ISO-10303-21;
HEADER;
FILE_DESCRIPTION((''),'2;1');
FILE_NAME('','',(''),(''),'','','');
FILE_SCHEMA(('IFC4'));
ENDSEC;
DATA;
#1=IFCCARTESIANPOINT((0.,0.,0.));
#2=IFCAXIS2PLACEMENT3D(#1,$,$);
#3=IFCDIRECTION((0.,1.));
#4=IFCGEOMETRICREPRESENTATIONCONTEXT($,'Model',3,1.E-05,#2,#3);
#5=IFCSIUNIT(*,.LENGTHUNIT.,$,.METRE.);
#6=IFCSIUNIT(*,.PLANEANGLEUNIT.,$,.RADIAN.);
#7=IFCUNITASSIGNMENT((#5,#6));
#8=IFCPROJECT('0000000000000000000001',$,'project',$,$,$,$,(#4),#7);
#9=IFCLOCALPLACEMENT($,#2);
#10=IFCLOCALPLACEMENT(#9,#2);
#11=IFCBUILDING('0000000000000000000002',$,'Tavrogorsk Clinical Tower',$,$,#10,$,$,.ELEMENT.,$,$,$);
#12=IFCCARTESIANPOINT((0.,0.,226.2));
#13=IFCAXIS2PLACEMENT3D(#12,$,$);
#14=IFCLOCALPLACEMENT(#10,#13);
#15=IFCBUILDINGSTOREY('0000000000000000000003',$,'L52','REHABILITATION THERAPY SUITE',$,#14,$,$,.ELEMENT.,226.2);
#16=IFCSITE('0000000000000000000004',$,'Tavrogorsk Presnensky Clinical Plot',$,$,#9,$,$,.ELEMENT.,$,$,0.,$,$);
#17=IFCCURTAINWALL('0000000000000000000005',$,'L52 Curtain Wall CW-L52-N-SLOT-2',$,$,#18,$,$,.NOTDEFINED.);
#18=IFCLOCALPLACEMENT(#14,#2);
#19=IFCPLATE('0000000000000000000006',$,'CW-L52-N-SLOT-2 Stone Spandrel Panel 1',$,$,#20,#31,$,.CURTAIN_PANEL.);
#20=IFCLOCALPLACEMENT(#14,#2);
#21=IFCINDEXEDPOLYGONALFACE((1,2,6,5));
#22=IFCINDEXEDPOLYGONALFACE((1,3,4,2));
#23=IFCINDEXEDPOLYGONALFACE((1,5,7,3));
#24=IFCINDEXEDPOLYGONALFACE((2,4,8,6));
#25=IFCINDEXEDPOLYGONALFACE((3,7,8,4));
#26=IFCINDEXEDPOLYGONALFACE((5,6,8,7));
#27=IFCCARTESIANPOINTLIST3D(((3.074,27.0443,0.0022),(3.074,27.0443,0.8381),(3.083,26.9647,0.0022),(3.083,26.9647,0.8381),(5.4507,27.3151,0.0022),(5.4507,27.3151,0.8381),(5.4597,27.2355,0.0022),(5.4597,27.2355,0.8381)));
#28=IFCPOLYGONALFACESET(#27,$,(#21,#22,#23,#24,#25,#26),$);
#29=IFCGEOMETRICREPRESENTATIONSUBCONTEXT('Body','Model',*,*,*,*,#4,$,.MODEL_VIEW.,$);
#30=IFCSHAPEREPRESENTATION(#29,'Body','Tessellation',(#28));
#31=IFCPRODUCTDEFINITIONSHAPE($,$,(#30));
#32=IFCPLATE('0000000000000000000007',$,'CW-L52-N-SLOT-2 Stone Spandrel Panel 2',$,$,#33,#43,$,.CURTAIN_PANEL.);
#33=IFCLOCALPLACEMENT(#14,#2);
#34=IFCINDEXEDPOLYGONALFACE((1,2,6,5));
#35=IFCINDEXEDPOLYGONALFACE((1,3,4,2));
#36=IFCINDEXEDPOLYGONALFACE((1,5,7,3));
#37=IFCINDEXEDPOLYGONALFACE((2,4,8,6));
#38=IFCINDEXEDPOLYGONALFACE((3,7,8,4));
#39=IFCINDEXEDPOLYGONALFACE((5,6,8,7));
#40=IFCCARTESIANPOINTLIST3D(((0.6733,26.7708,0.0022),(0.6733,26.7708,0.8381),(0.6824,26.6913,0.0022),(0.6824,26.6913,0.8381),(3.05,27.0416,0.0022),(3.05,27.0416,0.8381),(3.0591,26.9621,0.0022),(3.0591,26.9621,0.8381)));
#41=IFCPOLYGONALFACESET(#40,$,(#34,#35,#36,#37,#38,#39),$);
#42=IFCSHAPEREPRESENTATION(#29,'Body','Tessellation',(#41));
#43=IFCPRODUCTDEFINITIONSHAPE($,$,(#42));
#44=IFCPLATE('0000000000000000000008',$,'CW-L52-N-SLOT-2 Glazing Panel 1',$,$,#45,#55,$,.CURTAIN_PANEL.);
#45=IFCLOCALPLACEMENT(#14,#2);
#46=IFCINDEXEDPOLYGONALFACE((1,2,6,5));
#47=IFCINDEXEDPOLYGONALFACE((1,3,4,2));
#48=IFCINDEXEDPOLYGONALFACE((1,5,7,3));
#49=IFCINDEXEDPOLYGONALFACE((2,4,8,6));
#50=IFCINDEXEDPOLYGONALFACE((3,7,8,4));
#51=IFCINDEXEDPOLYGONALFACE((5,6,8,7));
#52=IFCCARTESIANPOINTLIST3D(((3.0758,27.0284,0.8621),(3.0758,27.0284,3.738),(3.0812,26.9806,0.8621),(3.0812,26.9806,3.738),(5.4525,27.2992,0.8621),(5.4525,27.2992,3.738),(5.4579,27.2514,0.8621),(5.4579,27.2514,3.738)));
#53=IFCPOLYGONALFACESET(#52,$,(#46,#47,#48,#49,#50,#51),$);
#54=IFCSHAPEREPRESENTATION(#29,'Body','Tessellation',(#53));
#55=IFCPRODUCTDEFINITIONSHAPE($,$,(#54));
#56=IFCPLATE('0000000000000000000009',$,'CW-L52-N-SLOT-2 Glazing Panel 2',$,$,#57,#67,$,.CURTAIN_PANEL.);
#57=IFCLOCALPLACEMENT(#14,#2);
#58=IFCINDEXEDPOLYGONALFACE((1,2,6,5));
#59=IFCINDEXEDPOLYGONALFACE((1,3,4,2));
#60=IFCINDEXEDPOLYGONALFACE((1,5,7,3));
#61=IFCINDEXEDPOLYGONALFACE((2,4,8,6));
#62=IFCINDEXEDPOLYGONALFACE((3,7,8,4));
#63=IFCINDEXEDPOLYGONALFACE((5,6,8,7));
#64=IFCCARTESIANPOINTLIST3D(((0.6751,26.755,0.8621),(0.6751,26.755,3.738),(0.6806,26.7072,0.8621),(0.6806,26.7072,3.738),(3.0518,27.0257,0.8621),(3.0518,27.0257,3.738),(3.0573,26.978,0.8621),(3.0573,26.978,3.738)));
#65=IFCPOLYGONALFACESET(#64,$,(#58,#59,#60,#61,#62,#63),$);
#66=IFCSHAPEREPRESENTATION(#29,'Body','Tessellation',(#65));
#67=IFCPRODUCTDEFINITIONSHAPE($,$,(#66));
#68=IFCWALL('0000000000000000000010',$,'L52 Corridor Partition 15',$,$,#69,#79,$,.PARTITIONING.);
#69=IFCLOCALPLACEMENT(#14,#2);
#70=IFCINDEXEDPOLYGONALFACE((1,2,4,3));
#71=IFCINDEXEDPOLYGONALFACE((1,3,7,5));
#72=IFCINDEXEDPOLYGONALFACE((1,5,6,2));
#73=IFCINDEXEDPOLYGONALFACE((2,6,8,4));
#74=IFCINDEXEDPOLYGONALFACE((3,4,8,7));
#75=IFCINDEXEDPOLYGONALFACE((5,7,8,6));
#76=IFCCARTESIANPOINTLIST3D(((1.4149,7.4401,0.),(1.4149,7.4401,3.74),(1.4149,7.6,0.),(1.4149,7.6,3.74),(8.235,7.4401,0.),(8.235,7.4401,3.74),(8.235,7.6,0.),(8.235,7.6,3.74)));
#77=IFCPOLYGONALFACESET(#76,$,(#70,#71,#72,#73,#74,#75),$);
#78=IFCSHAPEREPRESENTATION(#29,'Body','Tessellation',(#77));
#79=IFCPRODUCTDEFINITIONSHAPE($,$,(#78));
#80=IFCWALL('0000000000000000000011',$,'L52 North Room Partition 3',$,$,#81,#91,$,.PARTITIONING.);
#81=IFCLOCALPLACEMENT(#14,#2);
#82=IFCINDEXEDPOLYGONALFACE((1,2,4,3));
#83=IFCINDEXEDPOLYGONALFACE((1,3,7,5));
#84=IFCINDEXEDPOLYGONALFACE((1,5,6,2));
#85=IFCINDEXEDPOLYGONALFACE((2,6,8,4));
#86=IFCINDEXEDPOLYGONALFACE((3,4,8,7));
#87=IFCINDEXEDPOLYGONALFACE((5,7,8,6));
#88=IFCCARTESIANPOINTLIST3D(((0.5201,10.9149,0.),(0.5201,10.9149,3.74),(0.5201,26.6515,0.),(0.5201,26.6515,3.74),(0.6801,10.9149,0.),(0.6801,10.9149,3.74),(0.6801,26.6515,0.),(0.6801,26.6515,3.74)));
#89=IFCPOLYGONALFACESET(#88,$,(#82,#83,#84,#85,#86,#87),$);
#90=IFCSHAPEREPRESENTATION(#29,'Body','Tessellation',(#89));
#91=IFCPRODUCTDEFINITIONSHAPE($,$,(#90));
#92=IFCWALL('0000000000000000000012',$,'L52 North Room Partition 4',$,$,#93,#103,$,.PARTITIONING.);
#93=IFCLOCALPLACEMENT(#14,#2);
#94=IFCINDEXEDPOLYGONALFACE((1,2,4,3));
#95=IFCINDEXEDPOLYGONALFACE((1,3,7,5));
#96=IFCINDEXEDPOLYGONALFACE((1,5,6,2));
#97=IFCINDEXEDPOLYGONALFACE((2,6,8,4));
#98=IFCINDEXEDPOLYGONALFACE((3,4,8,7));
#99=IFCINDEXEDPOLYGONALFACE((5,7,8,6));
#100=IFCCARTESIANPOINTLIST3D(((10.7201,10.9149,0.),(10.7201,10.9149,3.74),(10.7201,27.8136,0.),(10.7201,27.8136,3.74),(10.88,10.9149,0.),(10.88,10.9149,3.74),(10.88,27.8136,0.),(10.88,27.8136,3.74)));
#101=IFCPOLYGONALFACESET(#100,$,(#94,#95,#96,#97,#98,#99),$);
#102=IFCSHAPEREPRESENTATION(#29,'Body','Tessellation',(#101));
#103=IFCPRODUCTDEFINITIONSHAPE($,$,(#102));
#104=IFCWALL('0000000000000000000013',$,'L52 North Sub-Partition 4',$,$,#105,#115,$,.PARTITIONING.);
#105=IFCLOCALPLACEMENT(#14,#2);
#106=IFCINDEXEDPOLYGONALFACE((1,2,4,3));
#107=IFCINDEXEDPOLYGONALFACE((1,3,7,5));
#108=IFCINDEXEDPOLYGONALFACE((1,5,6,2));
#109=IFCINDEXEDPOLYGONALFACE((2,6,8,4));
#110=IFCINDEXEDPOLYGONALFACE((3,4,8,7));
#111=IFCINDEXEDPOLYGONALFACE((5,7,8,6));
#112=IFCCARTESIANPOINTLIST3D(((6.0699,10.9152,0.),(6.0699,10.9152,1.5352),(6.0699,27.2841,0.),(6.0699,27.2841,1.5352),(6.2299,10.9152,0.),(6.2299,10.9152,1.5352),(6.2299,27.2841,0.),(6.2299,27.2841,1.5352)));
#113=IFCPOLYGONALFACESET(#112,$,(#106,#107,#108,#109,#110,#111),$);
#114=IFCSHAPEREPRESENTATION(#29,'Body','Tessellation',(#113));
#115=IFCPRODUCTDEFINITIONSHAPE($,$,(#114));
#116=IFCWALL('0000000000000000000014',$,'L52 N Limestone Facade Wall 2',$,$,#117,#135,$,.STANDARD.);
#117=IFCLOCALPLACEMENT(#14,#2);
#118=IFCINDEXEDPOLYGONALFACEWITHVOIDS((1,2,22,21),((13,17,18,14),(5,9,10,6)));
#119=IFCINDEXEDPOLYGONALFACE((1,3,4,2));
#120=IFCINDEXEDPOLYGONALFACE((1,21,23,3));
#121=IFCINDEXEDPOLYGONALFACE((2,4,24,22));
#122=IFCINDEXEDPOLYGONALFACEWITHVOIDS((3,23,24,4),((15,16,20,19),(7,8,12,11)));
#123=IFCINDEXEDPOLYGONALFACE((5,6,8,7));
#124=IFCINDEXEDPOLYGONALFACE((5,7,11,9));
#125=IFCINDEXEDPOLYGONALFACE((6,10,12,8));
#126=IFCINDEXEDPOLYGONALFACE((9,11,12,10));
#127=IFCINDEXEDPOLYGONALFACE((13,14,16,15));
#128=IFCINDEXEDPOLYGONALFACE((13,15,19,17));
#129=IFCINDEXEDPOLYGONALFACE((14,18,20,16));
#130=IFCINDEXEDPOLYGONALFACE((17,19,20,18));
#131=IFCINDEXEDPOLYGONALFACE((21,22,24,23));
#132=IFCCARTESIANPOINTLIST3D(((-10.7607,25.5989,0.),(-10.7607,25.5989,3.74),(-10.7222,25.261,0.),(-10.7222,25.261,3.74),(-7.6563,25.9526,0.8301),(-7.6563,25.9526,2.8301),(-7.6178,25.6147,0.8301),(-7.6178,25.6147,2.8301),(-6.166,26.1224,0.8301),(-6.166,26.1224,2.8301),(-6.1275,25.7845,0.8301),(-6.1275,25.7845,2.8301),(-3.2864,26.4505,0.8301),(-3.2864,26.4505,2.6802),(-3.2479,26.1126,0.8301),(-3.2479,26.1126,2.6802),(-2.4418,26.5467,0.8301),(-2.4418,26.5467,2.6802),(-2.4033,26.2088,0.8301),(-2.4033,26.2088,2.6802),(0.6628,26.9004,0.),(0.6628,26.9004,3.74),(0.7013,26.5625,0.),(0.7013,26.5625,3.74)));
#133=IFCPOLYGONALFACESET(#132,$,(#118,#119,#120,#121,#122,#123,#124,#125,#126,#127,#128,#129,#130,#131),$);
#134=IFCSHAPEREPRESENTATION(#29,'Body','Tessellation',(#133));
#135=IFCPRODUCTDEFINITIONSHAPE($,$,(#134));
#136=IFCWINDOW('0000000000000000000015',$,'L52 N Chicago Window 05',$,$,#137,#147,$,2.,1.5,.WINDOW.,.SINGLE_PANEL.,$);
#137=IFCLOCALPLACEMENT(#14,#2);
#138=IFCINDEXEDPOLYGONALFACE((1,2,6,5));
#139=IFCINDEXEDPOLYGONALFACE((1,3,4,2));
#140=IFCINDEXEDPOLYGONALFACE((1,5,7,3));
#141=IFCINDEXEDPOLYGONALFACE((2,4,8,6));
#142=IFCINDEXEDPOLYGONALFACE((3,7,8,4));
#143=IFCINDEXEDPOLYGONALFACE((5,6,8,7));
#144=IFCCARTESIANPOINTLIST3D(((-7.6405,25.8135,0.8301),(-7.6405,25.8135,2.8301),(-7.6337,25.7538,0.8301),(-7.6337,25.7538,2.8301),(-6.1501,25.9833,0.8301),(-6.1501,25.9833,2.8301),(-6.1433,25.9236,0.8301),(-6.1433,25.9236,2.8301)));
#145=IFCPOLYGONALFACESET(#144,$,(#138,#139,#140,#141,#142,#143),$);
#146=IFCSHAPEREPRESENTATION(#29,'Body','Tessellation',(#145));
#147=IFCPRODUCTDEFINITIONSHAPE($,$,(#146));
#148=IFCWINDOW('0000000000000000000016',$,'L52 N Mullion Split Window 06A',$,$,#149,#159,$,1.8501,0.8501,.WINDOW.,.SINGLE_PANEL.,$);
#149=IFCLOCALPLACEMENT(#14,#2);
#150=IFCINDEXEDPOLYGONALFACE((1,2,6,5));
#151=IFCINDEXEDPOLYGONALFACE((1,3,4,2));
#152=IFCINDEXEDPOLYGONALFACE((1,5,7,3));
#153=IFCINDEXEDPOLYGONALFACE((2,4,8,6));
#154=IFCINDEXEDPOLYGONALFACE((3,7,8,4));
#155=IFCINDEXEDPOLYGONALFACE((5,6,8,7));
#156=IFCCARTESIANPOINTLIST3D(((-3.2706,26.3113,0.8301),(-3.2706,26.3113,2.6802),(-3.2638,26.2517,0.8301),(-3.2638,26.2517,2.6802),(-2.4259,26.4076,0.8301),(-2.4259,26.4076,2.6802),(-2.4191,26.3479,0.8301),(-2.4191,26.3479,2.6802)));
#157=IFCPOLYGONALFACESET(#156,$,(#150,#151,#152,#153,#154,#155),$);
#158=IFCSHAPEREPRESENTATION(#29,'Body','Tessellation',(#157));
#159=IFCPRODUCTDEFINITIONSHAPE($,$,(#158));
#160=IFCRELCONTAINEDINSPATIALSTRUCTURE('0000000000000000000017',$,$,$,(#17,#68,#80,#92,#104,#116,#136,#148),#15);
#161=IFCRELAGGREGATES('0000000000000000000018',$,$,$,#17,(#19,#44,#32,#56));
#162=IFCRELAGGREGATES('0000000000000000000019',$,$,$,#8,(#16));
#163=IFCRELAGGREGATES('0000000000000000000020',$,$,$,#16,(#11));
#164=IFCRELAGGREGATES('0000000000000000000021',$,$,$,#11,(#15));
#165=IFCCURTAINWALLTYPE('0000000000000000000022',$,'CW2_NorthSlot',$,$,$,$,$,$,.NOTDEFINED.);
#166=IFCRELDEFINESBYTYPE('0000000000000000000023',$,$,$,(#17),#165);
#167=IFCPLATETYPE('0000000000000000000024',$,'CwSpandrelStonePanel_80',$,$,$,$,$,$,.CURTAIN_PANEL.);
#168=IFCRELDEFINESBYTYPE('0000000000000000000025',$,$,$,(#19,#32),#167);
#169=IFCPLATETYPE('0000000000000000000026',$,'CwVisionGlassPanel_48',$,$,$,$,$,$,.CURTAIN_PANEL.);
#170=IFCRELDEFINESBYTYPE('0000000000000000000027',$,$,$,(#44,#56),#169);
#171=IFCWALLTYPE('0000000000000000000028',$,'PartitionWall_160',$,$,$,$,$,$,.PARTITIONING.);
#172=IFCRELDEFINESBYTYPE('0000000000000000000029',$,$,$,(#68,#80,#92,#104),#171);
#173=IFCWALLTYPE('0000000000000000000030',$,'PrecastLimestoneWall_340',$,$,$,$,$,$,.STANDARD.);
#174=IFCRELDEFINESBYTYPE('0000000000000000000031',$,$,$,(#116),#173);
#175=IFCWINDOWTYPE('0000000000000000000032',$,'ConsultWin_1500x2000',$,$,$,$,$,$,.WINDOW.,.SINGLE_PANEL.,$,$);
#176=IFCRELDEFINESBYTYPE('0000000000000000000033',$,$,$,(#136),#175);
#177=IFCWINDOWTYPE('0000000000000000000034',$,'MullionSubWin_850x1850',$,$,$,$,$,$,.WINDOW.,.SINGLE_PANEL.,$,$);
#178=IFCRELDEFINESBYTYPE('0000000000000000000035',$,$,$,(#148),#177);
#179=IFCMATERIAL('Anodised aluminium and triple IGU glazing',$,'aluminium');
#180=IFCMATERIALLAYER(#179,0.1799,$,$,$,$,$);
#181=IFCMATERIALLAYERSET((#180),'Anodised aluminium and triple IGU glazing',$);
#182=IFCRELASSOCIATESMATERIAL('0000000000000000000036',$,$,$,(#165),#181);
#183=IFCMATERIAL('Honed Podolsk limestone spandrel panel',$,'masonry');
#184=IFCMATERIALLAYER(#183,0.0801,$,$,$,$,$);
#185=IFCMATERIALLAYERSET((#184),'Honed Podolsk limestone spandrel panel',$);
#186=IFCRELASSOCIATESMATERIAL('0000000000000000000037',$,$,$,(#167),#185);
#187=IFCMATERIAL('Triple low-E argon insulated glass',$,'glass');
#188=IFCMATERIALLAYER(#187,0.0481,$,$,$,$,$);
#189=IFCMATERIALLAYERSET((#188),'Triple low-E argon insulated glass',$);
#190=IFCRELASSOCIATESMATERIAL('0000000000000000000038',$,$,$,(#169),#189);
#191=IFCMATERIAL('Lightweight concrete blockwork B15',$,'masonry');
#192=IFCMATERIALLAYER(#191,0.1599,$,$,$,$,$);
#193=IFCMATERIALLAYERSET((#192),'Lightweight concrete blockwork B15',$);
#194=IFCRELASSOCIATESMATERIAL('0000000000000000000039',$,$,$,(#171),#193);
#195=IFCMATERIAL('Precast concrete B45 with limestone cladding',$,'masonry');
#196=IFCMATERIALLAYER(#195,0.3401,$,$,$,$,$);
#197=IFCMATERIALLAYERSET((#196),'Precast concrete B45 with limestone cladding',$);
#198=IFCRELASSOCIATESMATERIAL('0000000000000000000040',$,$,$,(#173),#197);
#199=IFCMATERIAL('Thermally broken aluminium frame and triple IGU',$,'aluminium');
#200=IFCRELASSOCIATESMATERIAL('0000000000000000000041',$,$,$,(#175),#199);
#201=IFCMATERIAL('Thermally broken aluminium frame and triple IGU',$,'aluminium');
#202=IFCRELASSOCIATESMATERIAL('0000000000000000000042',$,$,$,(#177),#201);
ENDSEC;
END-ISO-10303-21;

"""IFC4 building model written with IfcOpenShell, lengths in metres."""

from ifc_helpers import new_model, si_unit, direction, frame, frame_2d, origin, origin_2d, place, context, subcontext, project, spatial, rectangle, extrude, material, layer, layer_set, type_object, element, fill, aggregate, save


model = new_model("IFC4")

# Units and contexts
model_context = context("Model", 3, precision=1e-05, world=origin(), true_north=direction((0.0, 1.0)))
body_context = subcontext(model_context, "Body", "Model", "MODEL_VIEW")
ifc_project = project(units=[si_unit("LENGTHUNIT", "METRE"), si_unit("PLANEANGLEUNIT", "RADIAN")], contexts=[model_context])

# Site, building, storey
site_placement = place(None, origin())
site = spatial("IfcSite", under=ifc_project, at=site_placement, Name="Tavrogorsk Presnensky Clinical Plot", CompositionType="ELEMENT", RefElevation=0.0)
building_placement = place(site_placement, origin())
building = spatial("IfcBuilding", under=site, at=building_placement, Name="Tavrogorsk Clinical Tower", CompositionType="ELEMENT")
storey_placement = place(building_placement, frame((0.0, 0.0, 226.2)))
storey = spatial("IfcBuildingStorey", under=building, at=storey_placement, Name="L52", Description="REHABILITATION THERAPY SUITE", CompositionType="ELEMENT", Elevation=226.2)

# Curtain wall
ifc_material_1 = material(Name="Anodised aluminium and triple IGU glazing", Category="aluminium")
ifc_layer_1 = layer(ifc_material_1, 0.1799)
ifc_layer_set_1 = layer_set([ifc_layer_1], Name="Anodised aluminium and triple IGU glazing")
curtain_wall_type = type_object("IfcCurtainWallType", Name="CW2_NorthSlot", PredefinedType="NOTDEFINED", material=ifc_layer_set_1)
curtain_wall_placement = place(storey_placement, origin())
curtain_wall = element("IfcCurtainWall", 1, at=curtain_wall_placement, inside=storey, type_object=curtain_wall_type, Name="L52 Curtain Wall CW-L52-N-SLOT-2", PredefinedType="NOTDEFINED")

# Plates
ifc_material_2 = material(Name="Honed Podolsk limestone spandrel panel", Category="masonry")
ifc_layer_2 = layer(ifc_material_2, 0.0801)
ifc_layer_set_2 = layer_set([ifc_layer_2], Name="Honed Podolsk limestone spandrel panel")
plate_type_1 = type_object("IfcPlateType", Name="CwSpandrelStonePanel_80", PredefinedType="CURTAIN_PANEL", material=ifc_layer_set_2)
plate_1_placement = place(storey_placement, frame((4.2668, 27.1399, 0.0022), z_axis=(0.0, 0.0, 1.0), x_axis=(-0.993572, -0.113203, 0.0)))
plate_1 = element("IfcPlate", 2, at=plate_1_placement, type_object=plate_type_1, Name="CW-L52-N-SLOT-2 Stone Spandrel Panel 1", PredefinedType="CURTAIN_PANEL", context=body_context, shape_type="SweptSolid", body=[
    extrude(rectangle(XDim=2.3921, YDim=0.0801, at=origin_2d()), origin(), (0.0, 0.0, 1.0), 0.8359),
])
plate_2_placement = place(storey_placement, frame((1.8662, 26.8665, 0.0022), z_axis=(0.0, 0.0, 1.0), x_axis=(-0.993572, -0.113203, 0.0)))
plate_2 = element("IfcPlate", 3, at=plate_2_placement, type_object=plate_type_1, Name="CW-L52-N-SLOT-2 Stone Spandrel Panel 2", PredefinedType="CURTAIN_PANEL", context=body_context, shape_type="SweptSolid", body=[
    extrude(rectangle(XDim=2.3921, YDim=0.0801, at=origin_2d()), origin(), (0.0, 0.0, 1.0), 0.8359),
])
ifc_material_3 = material(Name="Triple low-E argon insulated glass", Category="glass")
ifc_layer_3 = layer(ifc_material_3, 0.0481)
ifc_layer_set_3 = layer_set([ifc_layer_3], Name="Triple low-E argon insulated glass")
plate_type_2 = type_object("IfcPlateType", Name="CwVisionGlassPanel_48", PredefinedType="CURTAIN_PANEL", material=ifc_layer_set_3)
plate_3_placement = place(storey_placement, frame((4.2668, 27.1399, 0.8621), z_axis=(0.0, 0.0, 1.0), x_axis=(-0.993572, -0.113203, 0.0)))
plate_3 = element("IfcPlate", 4, at=plate_3_placement, type_object=plate_type_2, Name="CW-L52-N-SLOT-2 Glazing Panel 1", PredefinedType="CURTAIN_PANEL", context=body_context, shape_type="SweptSolid", body=[
    extrude(rectangle(XDim=2.3921, YDim=0.0481, at=origin_2d()), origin(), (0.0, 0.0, 1.0), 2.876),
])
plate_4_placement = place(storey_placement, frame((1.8662, 26.8665, 0.8621), z_axis=(0.0, 0.0, 1.0), x_axis=(-0.993572, -0.113203, 0.0)))
plate_4 = element("IfcPlate", 5, at=plate_4_placement, type_object=plate_type_2, Name="CW-L52-N-SLOT-2 Glazing Panel 2", PredefinedType="CURTAIN_PANEL", context=body_context, shape_type="SweptSolid", body=[
    extrude(rectangle(XDim=2.3921, YDim=0.0481, at=origin_2d()), origin(), (0.0, 0.0, 1.0), 2.876),
])
aggregate(curtain_wall, [plate_1, plate_3, plate_2, plate_4])

# Walls
ifc_material_4 = material(Name="Lightweight concrete blockwork B15", Category="masonry")
ifc_layer_4 = layer(ifc_material_4, 0.1599)
ifc_layer_set_4 = layer_set([ifc_layer_4], Name="Lightweight concrete blockwork B15")
wall_type_1 = type_object("IfcWallType", Name="PartitionWall_160", PredefinedType="PARTITIONING", material=ifc_layer_set_4)
wall_1_placement = place(storey_placement, frame((8.2351, 7.52, 0.0), z_axis=(0.0, 0.0, 1.0), x_axis=(-1.0, 0.0, 0.0)))
element("IfcWall", 6, at=wall_1_placement, inside=storey, type_object=wall_type_1, Name="L52 Corridor Partition 15", PredefinedType="PARTITIONING", context=body_context, shape_type="SweptSolid", body=[
    extrude(rectangle(XDim=6.8201, YDim=0.1599, at=frame_2d((3.4102, 0.0))), origin(), (0.0, 0.0, 1.0), 3.74),
])
wall_2_placement = place(storey_placement, frame((0.6001, 10.915, 0.0), z_axis=(0.0, 0.0, 1.0), x_axis=(0.0, 1.0, 0.0)))
element("IfcWall", 7, at=wall_2_placement, inside=storey, type_object=wall_type_1, Name="L52 North Room Partition 3", PredefinedType="PARTITIONING", context=body_context, shape_type="SweptSolid", body=[
    extrude(rectangle(XDim=15.7366, YDim=0.1599, at=frame_2d((7.8682, 0.0))), origin(), (0.0, 0.0, 1.0), 3.74),
])
wall_3_placement = place(storey_placement, frame((10.8, 10.915, 0.0), z_axis=(0.0, 0.0, 1.0), x_axis=(0.0, 1.0, 0.0)))
element("IfcWall", 8, at=wall_3_placement, inside=storey, type_object=wall_type_1, Name="L52 North Room Partition 4", PredefinedType="PARTITIONING", context=body_context, shape_type="SweptSolid", body=[
    extrude(rectangle(XDim=16.8987, YDim=0.1599, at=frame_2d((8.4492, 0.0))), origin(), (0.0, 0.0, 1.0), 3.74),
])
wall_4_placement = place(storey_placement, frame((6.1499, 10.915, 0.0), z_axis=(0.0, 0.0, 1.0), x_axis=(0.0, 1.0, 0.0)))
element("IfcWall", 9, at=wall_4_placement, inside=storey, type_object=wall_type_1, Name="L52 North Sub-Partition 4", PredefinedType="PARTITIONING", context=body_context, shape_type="SweptSolid", body=[
    extrude(rectangle(XDim=16.3689, YDim=0.1599, at=frame_2d((8.1846, 0.0))), origin(), (0.0, 0.0, 1.0), 1.5352),
])

# Wall, openings, windows
ifc_material_5 = material(Name="Precast concrete B45 with limestone cladding", Category="masonry")
ifc_layer_5 = layer(ifc_material_5, 0.3401)
ifc_layer_set_5 = layer_set([ifc_layer_5], Name="Precast concrete B45 with limestone cladding")
wall_type_2 = type_object("IfcWallType", Name="PrecastLimestoneWall_340", PredefinedType="STANDARD", material=ifc_layer_set_5)
wall_5_placement = place(storey_placement, frame((0.6819, 26.7314, 0.0), z_axis=(0.0, 0.0, 1.0), x_axis=(-0.993572, -0.113202, 0.0)))
wall_5 = element("IfcWall", 10, at=wall_5_placement, inside=storey, type_object=wall_type_2, Name="L52 N Limestone Facade Wall 2", PredefinedType="STANDARD", context=body_context, shape_type="SweptSolid", body=[
    extrude(rectangle(XDim=11.4973, YDim=0.3401, at=frame_2d((5.7485, 0.0))), origin(), (0.0, 0.0, 1.0), 3.74),
])
opening_1_placement = place(wall_5_placement, frame((6.8728, 0.0, 0.8301)))
opening_1 = element("IfcOpeningElement", 11, at=opening_1_placement, cuts=wall_5, PredefinedType="OPENING", context=body_context, shape_type="SweptSolid", body=[
    extrude(rectangle(XDim=1.5, YDim=2.0, at=frame_2d((0.75, 1.0))), frame((0.0, 0.1799, 0.0), z_axis=(0.0, -1.0, 0.0), x_axis=(1.0, 0.0, 0.0)), (0.0, 0.0, 1.0), 0.3601),
])
opening_2_placement = place(wall_5_placement, frame((3.1245, 0.0, 0.8301)))
opening_2 = element("IfcOpeningElement", 12, at=opening_2_placement, cuts=wall_5, PredefinedType="OPENING", context=body_context, shape_type="SweptSolid", body=[
    extrude(rectangle(XDim=0.8501, YDim=1.8501, at=frame_2d((0.425, 0.925))), frame((0.0, 0.1799, 0.0), z_axis=(0.0, -1.0, 0.0), x_axis=(1.0, 0.0, 0.0)), (0.0, 0.0, 1.0), 0.3601),
])
ifc_material_6 = material(Name="Thermally broken aluminium frame and triple IGU", Category="aluminium")
window_type_1 = type_object("IfcWindowType", Name="ConsultWin_1500x2000", PartitioningType="SINGLE_PANEL", PredefinedType="WINDOW", material=ifc_material_6)
window_1_placement = place(opening_1_placement, origin())
window_1 = element("IfcWindow", 13, at=window_1_placement, inside=storey, type_object=window_type_1, Name="L52 N Chicago Window 05", OverallHeight=2.0, OverallWidth=1.5, PartitioningType="SINGLE_PANEL", PredefinedType="WINDOW", context=body_context, shape_type="SweptSolid", body=[
    extrude(rectangle(XDim=1.5, YDim=2.0, at=frame_2d((0.75, 1.0))), frame((0.0, 0.03, 0.0), z_axis=(0.0, -1.0, 0.0), x_axis=(1.0, 0.0, 0.0)), (0.0, 0.0, 1.0), 0.0601),
])
fill(opening_1, window_1)
ifc_material_7 = material(Name="Thermally broken aluminium frame and triple IGU", Category="aluminium")
window_type_2 = type_object("IfcWindowType", Name="MullionSubWin_850x1850", PartitioningType="SINGLE_PANEL", PredefinedType="WINDOW", material=ifc_material_7)
window_2_placement = place(opening_2_placement, origin())
window_2 = element("IfcWindow", 14, at=window_2_placement, inside=storey, type_object=window_type_2, Name="L52 N Mullion Split Window 06A", OverallHeight=1.8501, OverallWidth=0.8501, PartitioningType="SINGLE_PANEL", PredefinedType="WINDOW", context=body_context, shape_type="SweptSolid", body=[
    extrude(rectangle(XDim=0.8501, YDim=1.8501, at=frame_2d((0.425, 0.925))), frame((0.0, 0.03, 0.0), z_axis=(0.0, -1.0, 0.0), x_axis=(1.0, 0.0, 0.0)), (0.0, 0.0, 1.0), 0.0601),
])
fill(opening_2, window_2)

save(model, "model.ifc")
